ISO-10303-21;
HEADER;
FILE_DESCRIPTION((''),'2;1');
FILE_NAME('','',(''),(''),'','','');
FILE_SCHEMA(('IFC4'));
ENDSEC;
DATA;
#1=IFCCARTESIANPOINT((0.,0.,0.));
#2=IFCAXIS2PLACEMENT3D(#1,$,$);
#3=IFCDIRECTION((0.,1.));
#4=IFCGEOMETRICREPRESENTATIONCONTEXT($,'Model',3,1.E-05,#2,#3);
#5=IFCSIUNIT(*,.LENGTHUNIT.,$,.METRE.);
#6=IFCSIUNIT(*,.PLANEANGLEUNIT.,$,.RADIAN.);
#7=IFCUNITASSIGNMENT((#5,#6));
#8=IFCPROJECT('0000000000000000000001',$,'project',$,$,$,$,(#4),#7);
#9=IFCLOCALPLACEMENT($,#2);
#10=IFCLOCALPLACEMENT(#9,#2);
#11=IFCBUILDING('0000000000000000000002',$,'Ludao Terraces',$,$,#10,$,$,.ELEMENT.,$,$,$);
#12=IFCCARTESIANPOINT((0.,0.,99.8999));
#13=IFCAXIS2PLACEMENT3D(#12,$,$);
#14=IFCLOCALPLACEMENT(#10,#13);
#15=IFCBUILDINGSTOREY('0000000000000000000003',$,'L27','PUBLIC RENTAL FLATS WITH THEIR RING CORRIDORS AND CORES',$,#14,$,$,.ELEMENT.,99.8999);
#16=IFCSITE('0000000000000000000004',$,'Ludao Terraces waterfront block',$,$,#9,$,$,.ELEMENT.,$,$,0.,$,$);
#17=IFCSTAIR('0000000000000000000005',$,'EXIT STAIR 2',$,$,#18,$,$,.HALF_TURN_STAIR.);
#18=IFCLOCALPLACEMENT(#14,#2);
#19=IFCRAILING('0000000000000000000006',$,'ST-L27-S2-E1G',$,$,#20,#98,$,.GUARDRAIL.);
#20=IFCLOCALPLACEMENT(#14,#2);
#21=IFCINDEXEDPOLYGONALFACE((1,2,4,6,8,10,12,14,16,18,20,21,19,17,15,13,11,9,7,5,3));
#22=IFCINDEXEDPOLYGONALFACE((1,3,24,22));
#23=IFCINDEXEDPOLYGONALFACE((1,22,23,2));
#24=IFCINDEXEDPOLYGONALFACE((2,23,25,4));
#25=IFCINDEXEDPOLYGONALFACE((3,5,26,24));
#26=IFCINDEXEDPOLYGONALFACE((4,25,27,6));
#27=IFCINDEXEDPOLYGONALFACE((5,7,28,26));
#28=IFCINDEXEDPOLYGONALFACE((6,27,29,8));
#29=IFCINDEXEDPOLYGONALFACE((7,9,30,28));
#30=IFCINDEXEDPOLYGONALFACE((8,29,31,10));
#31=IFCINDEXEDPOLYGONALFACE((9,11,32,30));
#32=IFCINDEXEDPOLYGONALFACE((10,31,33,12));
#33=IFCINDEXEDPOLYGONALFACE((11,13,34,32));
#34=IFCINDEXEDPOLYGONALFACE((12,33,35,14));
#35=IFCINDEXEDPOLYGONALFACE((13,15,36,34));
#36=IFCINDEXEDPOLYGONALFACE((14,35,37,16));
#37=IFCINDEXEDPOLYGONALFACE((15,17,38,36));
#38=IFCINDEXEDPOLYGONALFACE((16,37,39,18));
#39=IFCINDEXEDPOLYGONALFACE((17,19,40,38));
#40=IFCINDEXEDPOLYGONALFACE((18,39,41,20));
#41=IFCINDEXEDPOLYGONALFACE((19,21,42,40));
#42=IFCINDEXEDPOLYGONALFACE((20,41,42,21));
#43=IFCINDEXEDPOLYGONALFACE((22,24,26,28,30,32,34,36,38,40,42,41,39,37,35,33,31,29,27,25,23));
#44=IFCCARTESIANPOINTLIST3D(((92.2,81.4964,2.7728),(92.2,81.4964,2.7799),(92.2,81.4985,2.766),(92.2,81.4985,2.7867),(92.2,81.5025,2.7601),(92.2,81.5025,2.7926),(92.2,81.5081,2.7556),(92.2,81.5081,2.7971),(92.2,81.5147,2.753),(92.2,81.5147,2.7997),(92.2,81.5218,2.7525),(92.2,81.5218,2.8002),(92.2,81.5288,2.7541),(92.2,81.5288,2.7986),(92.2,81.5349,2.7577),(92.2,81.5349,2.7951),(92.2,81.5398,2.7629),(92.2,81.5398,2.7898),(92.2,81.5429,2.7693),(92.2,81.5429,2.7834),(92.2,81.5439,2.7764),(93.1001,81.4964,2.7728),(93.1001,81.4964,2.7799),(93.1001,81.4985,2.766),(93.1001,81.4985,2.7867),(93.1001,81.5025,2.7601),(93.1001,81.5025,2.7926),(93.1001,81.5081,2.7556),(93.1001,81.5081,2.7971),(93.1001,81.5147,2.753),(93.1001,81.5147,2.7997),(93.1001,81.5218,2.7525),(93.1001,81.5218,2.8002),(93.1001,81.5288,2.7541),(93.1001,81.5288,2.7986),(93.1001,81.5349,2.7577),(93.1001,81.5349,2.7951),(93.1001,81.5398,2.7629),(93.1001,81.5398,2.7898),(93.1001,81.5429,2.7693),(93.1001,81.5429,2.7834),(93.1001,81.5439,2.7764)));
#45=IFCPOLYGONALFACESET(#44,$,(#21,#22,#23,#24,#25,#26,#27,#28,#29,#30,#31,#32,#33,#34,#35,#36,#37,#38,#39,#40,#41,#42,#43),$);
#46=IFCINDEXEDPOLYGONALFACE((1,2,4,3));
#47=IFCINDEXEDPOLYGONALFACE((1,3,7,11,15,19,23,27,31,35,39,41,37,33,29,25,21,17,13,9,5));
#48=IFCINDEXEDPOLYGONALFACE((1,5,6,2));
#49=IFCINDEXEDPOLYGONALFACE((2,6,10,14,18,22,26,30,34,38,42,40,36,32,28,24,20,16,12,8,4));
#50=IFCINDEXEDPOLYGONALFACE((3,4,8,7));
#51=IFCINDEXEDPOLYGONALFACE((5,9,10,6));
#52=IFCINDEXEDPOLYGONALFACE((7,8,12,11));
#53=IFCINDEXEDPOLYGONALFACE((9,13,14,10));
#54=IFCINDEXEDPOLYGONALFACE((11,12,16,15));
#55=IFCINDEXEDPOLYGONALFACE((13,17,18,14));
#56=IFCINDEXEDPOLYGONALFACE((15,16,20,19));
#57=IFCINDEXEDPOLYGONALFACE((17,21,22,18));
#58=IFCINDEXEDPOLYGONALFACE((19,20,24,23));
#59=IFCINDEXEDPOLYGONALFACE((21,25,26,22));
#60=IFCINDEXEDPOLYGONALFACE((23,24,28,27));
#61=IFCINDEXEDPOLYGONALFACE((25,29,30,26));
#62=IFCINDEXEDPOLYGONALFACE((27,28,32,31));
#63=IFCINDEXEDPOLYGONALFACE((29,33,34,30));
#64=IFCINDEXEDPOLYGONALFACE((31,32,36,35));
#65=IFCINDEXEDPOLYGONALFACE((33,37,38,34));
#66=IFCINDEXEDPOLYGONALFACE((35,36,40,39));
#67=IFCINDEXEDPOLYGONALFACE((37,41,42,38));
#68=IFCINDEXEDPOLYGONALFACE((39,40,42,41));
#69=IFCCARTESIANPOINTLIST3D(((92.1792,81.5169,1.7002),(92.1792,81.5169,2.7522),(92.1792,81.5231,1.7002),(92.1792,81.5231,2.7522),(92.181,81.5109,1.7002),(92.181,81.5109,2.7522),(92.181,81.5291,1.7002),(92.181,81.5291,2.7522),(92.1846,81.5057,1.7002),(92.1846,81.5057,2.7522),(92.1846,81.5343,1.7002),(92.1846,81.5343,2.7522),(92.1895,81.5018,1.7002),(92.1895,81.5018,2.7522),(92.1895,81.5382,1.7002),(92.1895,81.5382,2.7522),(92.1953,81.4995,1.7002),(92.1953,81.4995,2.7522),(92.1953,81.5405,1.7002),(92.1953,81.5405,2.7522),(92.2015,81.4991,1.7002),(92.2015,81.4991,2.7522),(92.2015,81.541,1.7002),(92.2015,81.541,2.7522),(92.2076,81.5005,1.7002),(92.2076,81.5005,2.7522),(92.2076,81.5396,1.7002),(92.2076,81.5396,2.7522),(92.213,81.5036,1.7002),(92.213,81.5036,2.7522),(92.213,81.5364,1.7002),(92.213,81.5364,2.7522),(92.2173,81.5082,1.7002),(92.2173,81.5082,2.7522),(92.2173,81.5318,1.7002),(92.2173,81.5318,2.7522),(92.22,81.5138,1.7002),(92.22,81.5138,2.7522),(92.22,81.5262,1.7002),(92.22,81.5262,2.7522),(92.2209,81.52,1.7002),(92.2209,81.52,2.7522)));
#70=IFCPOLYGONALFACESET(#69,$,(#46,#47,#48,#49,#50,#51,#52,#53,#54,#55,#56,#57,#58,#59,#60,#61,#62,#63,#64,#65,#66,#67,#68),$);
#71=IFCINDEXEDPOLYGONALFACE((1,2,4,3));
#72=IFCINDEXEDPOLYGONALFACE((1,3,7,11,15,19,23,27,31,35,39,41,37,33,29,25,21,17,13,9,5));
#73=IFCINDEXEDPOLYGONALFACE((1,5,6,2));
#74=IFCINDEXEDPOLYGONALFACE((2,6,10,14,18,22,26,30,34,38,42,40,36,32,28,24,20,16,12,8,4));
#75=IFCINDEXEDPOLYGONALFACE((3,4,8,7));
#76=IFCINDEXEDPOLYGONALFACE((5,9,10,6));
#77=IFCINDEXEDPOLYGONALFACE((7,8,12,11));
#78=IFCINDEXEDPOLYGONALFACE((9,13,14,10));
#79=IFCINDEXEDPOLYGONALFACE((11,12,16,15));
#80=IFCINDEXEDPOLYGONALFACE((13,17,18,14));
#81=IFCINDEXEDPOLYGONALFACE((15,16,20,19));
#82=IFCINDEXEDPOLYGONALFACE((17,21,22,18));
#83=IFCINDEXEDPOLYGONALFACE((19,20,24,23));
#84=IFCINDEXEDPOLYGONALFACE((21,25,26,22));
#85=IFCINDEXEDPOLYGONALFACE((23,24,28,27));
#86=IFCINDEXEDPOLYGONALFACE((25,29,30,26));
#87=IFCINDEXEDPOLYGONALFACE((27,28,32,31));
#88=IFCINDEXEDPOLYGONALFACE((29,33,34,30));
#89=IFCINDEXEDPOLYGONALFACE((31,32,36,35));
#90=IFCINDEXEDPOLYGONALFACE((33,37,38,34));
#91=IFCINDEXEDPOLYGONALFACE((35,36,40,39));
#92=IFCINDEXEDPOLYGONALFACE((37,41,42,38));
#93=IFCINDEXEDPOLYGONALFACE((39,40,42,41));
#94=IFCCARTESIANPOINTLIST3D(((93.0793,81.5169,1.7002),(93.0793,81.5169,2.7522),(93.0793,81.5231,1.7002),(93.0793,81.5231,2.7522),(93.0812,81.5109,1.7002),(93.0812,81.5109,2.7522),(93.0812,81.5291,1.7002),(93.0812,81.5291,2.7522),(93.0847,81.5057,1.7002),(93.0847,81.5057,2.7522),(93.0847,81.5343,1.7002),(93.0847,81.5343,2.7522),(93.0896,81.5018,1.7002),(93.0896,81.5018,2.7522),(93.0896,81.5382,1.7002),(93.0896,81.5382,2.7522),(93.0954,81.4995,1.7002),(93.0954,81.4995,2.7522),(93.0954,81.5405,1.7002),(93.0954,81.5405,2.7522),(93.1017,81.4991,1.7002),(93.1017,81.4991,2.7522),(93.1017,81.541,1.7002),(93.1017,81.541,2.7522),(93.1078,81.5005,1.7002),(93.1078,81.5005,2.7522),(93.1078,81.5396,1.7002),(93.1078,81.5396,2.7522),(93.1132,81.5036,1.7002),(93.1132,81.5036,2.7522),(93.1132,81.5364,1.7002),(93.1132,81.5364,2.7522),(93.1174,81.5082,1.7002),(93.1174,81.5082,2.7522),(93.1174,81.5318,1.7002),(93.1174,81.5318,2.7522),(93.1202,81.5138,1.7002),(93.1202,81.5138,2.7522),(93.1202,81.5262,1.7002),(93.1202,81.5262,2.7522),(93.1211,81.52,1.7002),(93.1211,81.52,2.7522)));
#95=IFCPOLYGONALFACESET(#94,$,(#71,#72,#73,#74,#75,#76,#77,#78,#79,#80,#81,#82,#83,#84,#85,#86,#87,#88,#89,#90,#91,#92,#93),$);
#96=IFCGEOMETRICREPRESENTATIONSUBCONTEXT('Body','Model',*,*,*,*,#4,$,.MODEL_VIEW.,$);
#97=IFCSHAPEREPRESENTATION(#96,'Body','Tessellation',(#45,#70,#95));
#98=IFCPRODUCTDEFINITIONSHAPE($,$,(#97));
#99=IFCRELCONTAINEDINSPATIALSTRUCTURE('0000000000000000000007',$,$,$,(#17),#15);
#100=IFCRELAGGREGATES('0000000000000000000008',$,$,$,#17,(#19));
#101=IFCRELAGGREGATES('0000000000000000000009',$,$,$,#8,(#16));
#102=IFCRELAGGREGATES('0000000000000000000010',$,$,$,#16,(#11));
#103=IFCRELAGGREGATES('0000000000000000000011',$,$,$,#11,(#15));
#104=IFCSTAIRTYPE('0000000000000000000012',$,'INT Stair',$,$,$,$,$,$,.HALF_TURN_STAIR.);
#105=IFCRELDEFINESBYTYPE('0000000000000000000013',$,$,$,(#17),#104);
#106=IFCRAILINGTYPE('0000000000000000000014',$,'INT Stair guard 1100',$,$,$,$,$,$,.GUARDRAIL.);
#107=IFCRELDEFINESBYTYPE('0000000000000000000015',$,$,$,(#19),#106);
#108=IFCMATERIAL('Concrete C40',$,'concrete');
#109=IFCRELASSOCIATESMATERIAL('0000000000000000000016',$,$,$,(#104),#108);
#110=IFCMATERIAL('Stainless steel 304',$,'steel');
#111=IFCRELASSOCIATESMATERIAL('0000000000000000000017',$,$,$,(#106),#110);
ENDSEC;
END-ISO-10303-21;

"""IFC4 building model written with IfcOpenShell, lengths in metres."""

from ifc_helpers import new_model, si_unit, direction, frame, origin, origin_2d, place, context, subcontext, project, spatial, circle, extrude, material, type_object, element, aggregate, save


model = new_model("IFC4")

# Units and contexts
model_context = context("Model", 3, precision=1e-05, world=origin(), true_north=direction((0.0, 1.0)))
body_context = subcontext(model_context, "Body", "Model", "MODEL_VIEW")
ifc_project = project(units=[si_unit("LENGTHUNIT", "METRE"), si_unit("PLANEANGLEUNIT", "RADIAN")], contexts=[model_context])

# Site, building, storey
site_placement = place(None, origin())
site = spatial("IfcSite", under=ifc_project, at=site_placement, Name="Ludao Terraces waterfront block", CompositionType="ELEMENT", RefElevation=0.0)
building_placement = place(site_placement, origin())
building = spatial("IfcBuilding", under=site, at=building_placement, Name="Ludao Terraces", CompositionType="ELEMENT")
storey_placement = place(building_placement, frame((0.0, 0.0, 99.8999)))
storey = spatial("IfcBuildingStorey", under=building, at=storey_placement, Name="L27", Description="PUBLIC RENTAL FLATS WITH THEIR RING CORRIDORS AND CORES", CompositionType="ELEMENT", Elevation=99.8999)

# Shared definitions
ifc_material_1 = material(Name="Stainless steel 304", Category="steel")

# Stair, railing
ifc_material_2 = material(Name="Concrete C40", Category="concrete")
stair_type = type_object("IfcStairType", Name="INT Stair", PredefinedType="HALF_TURN_STAIR", material=ifc_material_2)
stair_placement = place(storey_placement, origin())
stair = element("IfcStair", 1, at=stair_placement, inside=storey, type_object=stair_type, Name="EXIT STAIR 2", PredefinedType="HALF_TURN_STAIR")
railing_type = type_object("IfcRailingType", Name="INT Stair guard 1100", PredefinedType="GUARDRAIL", material=ifc_material_1)
railing_placement = place(storey_placement, frame((92.2, 81.52, 1.7002)))
railing = element("IfcRailing", 2, at=railing_placement, type_object=railing_type, Name="ST-L27-S2-E1G", PredefinedType="GUARDRAIL", context=body_context, shape_type="SweptSolid", body=[
    extrude(circle(Radius=0.0239, at=origin_2d()), frame((0.0, 0.0, 1.0762), z_axis=(1.0, 0.0, 0.0), x_axis=(0.0, 1.0, 0.0)), (0.0, 0.0, 1.0), 0.9001),
    extrude(circle(Radius=0.021, at=origin_2d()), origin(), (0.0, 0.0, 1.0), 1.052),
    extrude(circle(Radius=0.021, at=origin_2d()), frame((0.9001, 0.0, 0.0)), (0.0, 0.0, 1.0), 1.052),
])
aggregate(stair, [railing])

save(model, "model.ifc")
